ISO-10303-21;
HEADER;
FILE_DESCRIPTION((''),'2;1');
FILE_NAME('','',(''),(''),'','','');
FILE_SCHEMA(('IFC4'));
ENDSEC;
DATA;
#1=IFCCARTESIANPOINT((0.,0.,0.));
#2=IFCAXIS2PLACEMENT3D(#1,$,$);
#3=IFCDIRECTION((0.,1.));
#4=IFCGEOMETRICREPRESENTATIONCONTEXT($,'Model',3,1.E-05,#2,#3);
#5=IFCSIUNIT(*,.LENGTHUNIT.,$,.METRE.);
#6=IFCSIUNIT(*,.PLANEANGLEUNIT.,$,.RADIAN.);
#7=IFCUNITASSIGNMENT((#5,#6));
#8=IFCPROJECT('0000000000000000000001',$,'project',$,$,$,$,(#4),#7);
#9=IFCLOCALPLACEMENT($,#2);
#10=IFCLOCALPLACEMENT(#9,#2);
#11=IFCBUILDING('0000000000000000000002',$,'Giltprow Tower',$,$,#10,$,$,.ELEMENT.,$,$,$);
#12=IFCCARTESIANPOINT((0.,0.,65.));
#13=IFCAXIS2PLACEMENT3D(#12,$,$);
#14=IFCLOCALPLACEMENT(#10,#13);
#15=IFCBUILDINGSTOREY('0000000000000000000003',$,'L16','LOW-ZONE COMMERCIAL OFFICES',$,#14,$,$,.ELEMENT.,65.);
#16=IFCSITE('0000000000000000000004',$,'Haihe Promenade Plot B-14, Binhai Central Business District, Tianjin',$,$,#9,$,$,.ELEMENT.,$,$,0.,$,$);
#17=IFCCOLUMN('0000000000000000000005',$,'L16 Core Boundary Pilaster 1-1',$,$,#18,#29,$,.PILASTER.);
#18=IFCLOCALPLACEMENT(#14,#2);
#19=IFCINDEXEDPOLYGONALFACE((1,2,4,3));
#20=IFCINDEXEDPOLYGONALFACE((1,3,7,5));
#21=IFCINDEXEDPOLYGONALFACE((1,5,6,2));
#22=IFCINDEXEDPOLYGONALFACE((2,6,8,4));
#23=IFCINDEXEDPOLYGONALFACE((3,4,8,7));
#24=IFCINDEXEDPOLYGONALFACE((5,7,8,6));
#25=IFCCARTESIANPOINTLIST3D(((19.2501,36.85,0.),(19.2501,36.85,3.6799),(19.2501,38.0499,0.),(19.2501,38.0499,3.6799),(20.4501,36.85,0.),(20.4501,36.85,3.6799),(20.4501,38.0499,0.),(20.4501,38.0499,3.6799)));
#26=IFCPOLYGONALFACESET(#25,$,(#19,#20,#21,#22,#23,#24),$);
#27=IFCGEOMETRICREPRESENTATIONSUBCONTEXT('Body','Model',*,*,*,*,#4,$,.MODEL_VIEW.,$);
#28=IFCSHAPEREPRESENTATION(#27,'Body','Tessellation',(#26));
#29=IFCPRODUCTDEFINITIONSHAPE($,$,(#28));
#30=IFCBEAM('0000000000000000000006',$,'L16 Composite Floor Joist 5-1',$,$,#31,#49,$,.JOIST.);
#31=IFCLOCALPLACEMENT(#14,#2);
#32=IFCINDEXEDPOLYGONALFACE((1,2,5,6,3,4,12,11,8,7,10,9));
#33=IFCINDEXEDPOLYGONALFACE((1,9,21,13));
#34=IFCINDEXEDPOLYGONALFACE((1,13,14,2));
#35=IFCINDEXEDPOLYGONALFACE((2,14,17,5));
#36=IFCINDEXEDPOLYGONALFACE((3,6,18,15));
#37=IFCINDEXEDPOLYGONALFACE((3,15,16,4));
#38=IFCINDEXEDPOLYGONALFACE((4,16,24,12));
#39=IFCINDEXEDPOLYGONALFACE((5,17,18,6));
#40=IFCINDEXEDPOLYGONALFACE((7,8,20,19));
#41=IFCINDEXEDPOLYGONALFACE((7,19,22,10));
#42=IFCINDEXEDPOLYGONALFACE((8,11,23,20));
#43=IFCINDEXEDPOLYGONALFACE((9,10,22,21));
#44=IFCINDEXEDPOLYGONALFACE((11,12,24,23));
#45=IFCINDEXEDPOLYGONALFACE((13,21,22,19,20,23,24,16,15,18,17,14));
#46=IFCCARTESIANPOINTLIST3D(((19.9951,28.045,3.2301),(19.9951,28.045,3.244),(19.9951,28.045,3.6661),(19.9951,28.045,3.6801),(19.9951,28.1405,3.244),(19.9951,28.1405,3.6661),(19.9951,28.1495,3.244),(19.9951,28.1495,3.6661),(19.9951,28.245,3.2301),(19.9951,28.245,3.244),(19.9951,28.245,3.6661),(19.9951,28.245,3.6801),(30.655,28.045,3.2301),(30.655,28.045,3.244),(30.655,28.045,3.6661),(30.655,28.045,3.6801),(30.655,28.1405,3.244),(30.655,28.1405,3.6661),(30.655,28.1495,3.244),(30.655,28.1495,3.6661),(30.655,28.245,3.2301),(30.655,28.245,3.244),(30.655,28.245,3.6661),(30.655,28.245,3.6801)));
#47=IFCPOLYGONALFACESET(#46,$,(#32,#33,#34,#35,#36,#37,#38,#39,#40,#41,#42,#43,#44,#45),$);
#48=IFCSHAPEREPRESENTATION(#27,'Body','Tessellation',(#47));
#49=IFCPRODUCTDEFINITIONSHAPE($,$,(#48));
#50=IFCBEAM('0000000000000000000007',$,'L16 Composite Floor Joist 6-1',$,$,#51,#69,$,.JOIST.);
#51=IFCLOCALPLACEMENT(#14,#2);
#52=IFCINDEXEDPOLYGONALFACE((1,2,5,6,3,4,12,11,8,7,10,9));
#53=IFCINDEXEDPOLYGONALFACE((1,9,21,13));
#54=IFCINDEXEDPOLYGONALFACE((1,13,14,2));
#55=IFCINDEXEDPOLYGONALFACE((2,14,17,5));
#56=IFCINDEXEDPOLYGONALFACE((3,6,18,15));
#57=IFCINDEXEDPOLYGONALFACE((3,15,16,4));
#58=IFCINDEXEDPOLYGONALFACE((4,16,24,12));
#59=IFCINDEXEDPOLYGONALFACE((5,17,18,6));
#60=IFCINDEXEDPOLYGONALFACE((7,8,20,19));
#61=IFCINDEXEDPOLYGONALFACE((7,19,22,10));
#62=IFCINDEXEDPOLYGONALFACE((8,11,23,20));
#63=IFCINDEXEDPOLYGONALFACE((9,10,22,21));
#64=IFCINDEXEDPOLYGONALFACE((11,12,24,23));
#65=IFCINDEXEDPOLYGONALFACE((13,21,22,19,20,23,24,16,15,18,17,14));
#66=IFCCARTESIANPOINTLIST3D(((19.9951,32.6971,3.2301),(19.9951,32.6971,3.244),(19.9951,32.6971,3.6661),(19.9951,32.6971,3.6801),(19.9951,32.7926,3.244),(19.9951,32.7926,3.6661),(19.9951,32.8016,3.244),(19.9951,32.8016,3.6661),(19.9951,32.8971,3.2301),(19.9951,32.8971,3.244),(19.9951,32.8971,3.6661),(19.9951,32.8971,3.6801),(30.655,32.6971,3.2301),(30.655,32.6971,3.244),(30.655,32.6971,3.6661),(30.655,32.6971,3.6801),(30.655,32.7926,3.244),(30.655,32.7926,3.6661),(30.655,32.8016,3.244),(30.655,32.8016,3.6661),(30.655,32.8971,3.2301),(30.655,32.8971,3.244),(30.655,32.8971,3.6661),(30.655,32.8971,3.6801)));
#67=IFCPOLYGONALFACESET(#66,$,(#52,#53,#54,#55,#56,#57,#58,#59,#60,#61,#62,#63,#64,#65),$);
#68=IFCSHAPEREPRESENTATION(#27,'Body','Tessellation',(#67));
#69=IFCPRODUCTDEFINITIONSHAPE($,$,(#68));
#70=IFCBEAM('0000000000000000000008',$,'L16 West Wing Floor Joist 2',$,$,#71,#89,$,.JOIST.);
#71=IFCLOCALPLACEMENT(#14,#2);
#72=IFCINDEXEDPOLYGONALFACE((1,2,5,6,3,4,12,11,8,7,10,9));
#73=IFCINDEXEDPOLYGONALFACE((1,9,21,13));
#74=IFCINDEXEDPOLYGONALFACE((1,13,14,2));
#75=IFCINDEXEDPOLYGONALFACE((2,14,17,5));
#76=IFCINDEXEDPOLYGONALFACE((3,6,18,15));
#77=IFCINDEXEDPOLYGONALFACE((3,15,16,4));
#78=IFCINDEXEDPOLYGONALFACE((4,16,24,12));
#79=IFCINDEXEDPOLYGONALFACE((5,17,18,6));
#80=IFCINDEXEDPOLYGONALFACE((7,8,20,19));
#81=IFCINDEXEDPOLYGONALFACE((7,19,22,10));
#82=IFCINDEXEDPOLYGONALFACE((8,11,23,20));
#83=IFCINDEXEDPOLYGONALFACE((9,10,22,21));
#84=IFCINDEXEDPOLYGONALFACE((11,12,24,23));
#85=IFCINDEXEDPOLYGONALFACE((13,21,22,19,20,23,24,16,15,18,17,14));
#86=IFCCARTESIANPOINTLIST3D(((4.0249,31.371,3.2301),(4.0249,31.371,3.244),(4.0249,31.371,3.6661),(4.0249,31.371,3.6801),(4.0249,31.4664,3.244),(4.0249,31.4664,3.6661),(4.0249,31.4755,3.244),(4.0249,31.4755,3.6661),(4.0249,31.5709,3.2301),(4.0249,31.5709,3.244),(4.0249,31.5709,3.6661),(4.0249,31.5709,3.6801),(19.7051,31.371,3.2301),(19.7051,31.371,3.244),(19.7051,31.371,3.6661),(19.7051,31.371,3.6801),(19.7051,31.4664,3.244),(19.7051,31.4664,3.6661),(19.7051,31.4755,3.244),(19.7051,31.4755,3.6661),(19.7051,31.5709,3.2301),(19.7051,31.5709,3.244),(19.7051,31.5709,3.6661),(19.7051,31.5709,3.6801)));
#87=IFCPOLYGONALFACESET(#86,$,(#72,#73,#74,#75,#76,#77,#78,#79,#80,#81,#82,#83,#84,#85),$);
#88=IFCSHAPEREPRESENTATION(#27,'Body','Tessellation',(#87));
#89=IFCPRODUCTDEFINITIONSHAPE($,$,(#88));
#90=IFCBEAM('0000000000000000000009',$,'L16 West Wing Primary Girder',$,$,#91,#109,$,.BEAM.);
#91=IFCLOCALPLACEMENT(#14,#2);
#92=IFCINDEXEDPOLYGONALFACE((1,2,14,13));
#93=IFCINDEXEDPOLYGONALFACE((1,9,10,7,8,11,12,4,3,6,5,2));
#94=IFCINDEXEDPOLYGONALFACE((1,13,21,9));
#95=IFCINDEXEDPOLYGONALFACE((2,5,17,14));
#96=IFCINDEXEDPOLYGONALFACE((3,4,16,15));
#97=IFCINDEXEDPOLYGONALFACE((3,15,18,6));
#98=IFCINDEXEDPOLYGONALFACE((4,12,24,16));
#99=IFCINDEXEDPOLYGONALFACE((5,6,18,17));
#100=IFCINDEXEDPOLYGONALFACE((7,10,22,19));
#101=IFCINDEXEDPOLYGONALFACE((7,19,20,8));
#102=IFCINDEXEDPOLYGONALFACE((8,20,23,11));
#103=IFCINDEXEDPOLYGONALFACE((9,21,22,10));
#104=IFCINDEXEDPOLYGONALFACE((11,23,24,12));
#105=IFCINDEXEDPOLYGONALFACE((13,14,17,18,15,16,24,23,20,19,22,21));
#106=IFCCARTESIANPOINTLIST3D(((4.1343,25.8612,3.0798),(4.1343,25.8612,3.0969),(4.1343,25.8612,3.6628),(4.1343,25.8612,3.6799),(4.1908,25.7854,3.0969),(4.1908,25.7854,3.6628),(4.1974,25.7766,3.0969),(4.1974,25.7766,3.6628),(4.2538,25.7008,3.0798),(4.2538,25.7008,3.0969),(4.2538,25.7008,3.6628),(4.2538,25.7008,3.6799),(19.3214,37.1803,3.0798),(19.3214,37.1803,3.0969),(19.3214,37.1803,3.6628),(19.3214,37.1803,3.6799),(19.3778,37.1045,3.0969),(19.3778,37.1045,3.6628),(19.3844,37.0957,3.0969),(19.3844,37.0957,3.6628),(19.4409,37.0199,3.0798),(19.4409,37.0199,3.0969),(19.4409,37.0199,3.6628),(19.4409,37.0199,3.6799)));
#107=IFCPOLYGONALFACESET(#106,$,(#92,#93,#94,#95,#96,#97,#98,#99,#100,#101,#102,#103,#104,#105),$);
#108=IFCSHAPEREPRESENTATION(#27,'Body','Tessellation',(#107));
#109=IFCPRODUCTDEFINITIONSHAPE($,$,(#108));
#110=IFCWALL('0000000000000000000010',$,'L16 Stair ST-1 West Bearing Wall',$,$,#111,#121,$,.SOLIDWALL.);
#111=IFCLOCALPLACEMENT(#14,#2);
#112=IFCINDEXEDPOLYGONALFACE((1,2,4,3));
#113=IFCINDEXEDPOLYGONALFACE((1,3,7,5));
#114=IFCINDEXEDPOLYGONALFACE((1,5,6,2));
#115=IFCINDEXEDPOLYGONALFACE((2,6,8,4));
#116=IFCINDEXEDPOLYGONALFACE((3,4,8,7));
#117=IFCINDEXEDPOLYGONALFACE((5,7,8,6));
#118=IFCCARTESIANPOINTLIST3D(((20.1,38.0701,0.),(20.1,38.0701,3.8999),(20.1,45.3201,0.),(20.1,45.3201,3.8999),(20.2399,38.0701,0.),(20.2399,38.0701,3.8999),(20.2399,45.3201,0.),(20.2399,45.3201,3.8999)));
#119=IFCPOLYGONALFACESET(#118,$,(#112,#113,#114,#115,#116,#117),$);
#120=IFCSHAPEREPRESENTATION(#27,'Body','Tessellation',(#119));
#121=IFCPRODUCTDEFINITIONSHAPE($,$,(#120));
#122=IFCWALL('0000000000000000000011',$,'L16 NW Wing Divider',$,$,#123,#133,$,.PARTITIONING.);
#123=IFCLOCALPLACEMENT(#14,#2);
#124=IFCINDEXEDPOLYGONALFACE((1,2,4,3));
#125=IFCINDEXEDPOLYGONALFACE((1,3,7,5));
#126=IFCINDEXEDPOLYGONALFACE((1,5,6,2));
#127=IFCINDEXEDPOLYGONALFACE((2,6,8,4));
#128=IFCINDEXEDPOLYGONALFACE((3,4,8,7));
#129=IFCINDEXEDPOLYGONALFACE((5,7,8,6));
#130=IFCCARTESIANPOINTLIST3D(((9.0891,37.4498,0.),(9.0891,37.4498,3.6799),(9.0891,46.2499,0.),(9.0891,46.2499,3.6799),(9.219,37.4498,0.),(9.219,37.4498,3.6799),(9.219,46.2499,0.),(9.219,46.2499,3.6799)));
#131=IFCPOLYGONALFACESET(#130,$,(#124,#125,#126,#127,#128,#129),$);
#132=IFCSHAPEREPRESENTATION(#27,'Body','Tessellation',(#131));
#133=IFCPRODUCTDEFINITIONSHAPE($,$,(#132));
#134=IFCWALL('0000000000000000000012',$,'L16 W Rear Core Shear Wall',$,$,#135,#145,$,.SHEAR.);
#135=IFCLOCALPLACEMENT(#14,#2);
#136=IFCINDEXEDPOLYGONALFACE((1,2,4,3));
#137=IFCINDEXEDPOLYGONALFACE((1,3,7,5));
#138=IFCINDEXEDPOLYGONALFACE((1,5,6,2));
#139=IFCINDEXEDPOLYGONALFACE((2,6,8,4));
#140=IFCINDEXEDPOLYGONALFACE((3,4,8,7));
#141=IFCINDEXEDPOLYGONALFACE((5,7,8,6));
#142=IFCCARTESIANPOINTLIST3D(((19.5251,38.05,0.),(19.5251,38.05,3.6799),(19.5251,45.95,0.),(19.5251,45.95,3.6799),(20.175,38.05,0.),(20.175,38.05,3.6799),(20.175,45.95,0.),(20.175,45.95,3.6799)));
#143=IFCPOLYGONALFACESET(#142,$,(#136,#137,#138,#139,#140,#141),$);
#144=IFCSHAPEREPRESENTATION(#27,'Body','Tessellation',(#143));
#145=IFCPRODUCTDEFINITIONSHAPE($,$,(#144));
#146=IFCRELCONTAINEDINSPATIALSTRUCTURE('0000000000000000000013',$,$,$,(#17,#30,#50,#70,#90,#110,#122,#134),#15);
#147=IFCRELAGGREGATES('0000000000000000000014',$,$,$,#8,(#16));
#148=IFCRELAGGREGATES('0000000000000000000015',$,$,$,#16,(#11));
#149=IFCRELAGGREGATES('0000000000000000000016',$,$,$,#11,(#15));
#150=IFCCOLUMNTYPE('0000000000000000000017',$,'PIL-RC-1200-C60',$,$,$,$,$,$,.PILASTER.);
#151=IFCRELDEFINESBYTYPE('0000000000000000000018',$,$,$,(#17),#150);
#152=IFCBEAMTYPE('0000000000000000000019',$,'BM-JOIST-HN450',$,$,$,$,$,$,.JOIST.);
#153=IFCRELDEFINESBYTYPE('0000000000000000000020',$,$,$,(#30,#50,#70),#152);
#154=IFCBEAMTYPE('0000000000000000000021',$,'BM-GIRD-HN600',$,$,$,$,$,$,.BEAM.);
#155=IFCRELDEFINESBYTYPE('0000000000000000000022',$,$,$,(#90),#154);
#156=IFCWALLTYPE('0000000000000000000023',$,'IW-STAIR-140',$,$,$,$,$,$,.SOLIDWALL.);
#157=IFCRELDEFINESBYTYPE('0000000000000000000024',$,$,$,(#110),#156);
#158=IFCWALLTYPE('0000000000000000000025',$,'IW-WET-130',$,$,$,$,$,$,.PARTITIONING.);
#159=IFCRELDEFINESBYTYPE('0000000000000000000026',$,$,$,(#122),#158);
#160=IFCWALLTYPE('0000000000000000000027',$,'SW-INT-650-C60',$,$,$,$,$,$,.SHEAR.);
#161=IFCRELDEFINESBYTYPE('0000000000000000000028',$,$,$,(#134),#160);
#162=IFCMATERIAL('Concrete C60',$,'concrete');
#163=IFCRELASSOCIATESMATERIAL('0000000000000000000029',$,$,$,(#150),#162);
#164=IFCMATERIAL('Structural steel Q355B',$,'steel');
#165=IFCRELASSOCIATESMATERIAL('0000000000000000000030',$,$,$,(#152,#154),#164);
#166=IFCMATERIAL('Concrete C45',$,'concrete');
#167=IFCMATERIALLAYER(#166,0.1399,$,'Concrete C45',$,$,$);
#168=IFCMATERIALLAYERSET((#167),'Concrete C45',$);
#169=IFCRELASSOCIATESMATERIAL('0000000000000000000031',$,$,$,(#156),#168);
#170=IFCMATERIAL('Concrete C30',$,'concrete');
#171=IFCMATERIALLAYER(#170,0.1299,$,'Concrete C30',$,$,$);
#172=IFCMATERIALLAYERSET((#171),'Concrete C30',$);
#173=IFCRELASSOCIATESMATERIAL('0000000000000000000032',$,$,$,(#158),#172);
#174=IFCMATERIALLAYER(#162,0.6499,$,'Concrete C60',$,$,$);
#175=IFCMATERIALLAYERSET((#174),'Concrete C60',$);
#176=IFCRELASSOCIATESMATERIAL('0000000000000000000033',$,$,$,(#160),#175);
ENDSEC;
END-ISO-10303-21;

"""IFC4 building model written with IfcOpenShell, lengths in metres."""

from ifc_helpers import new_model, si_unit, direction, frame, frame_2d, origin, origin_2d, place, context, subcontext, project, spatial, rectangle, i_section, extrude, source, transform, mapped, material, layer, layer_set, material_profile, profile_set, type_object, element, save


model = new_model("IFC4")

# Units and contexts
model_context = context("Model", 3, precision=1e-05, world=origin(), true_north=direction((0.0, 1.0)))
body_context = subcontext(model_context, "Body", "Model", "MODEL_VIEW")
ifc_project = project(units=[si_unit("LENGTHUNIT", "METRE"), si_unit("PLANEANGLEUNIT", "RADIAN")], contexts=[model_context])

# Site, building, storey
site_placement = place(None, origin())
site = spatial("IfcSite", under=ifc_project, at=site_placement, Name="Haihe Promenade Plot B-14, Binhai Central Business District, Tianjin", CompositionType="ELEMENT", RefElevation=0.0)
building_placement = place(site_placement, origin())
building = spatial("IfcBuilding", under=site, at=building_placement, Name="Giltprow Tower", CompositionType="ELEMENT")
storey_placement = place(building_placement, frame((0.0, 0.0, 65.0)))
storey = spatial("IfcBuildingStorey", under=building, at=storey_placement, Name="L16", Description="LOW-ZONE COMMERCIAL OFFICES", CompositionType="ELEMENT", Elevation=65.0)

# Column
ifc_material_1 = material(Name="Concrete C60", Category="concrete")
ifc_material_profile_1 = material_profile(ifc_material_1, rectangle(XDim=1.2, YDim=1.2, at=origin_2d()), Name="RC 1200x1200")
ifc_profile_set_1 = profile_set([ifc_material_profile_1], Name="Concrete C60")
column_type = type_object("IfcColumnType", Name="PIL-RC-1200-C60", PredefinedType="PILASTER", material=ifc_profile_set_1)
shared_shape_1 = source(origin(), body_context, "Body", "SweptSolid", [
    extrude(rectangle(XDim=1.2, YDim=1.2, at=origin_2d()), origin(), (0.0, 0.0, 1.0), 3.6799),
])
column_placement = place(storey_placement, frame((19.8501, 37.45, 0.0), z_axis=(0.0, 0.0, 1.0), x_axis=(1.0, 0.0, 0.0)))
element("IfcColumn", 1, at=column_placement, inside=storey, type_object=column_type, Name="L16 Core Boundary Pilaster 1-1", PredefinedType="PILASTER", context=body_context, shape_type="MappedRepresentation", body=[
    mapped(shared_shape_1, transform((0.0, 0.0, 0.0), x_axis=(1.0, 0.0, 0.0), y_axis=(0.0, 1.0, 0.0), z_axis=(0.0, 0.0, 1.0), scale=1.0)),
])

# Beams
ifc_material_2 = material(Name="Structural steel Q355B", Category="steel")
ifc_material_profile_2 = material_profile(ifc_material_2, i_section(OverallWidth=0.2, OverallDepth=0.45, WebThickness=0.009, FlangeThickness=0.0139, at=origin_2d()), Name="HN 450x200x9x14")
ifc_profile_set_2 = profile_set([ifc_material_profile_2], Name="Structural steel Q355B")
beam_type_1 = type_object("IfcBeamType", Name="BM-JOIST-HN450", PredefinedType="JOIST", material=ifc_profile_set_2)
shared_shape_2 = source(origin(), body_context, "Body", "SweptSolid", [
    extrude(i_section(OverallWidth=0.2, OverallDepth=0.45, WebThickness=0.009, FlangeThickness=0.0139, at=origin_2d()), origin(), (0.0, 0.0, 1.0), 10.6599),
])
for number, where, z_axis, x_axis, name in (
    (2, (19.9951, 28.145, 3.4551), (1.0, 0.0, 0.0), (0.0, 1.0, 0.0), "L16 Composite Floor Joist 5-1"),
    (3, (19.9951, 32.7971, 3.4551), (1.0, 0.0, 0.0), (0.0, 1.0, 0.0), "L16 Composite Floor Joist 6-1"),
):
    element("IfcBeam", number, at=place(storey_placement, frame(where, z_axis=z_axis, x_axis=x_axis)), inside=storey, type_object=beam_type_1, Name=name, PredefinedType="JOIST", context=body_context, shape_type="MappedRepresentation", body=[
        mapped(shared_shape_2, transform((0.0, 0.0, 0.0), x_axis=(1.0, 0.0, 0.0), y_axis=(0.0, 1.0, 0.0), z_axis=(0.0, 0.0, 1.0), scale=1.0)),
    ])
shared_shape_3 = source(origin(), body_context, "Body", "SweptSolid", [
    extrude(i_section(OverallWidth=0.2, OverallDepth=0.45, WebThickness=0.009, FlangeThickness=0.0139, at=origin_2d()), origin(), (0.0, 0.0, 1.0), 15.6802),
])
beam_1_placement = place(storey_placement, frame((4.0249, 31.4709, 3.4551), z_axis=(1.0, 0.0, 0.0), x_axis=(0.0, 1.0, 0.0)))
element("IfcBeam", 4, at=beam_1_placement, inside=storey, type_object=beam_type_1, Name="L16 West Wing Floor Joist 2", PredefinedType="JOIST", context=body_context, shape_type="MappedRepresentation", body=[
    mapped(shared_shape_3, transform((0.0, 0.0, 0.0), x_axis=(1.0, 0.0, 0.0), y_axis=(0.0, 1.0, 0.0), z_axis=(0.0, 0.0, 1.0), scale=1.0)),
])
ifc_material_profile_3 = material_profile(ifc_material_2, i_section(OverallWidth=0.2, OverallDepth=0.6001, WebThickness=0.011, FlangeThickness=0.0171, at=origin_2d()), Name="HN 600x200x11x17")
ifc_profile_set_3 = profile_set([ifc_material_profile_3], Name="Structural steel Q355B")
beam_type_2 = type_object("IfcBeamType", Name="BM-GIRD-HN600", PredefinedType="BEAM", material=ifc_profile_set_3)
shared_shape_4 = source(origin(), body_context, "Body", "SweptSolid", [
    extrude(i_section(OverallWidth=0.2, OverallDepth=0.6001, WebThickness=0.011, FlangeThickness=0.0171, at=origin_2d()), origin(), (0.0, 0.0, 1.0), 18.9412),
])
beam_2_placement = place(storey_placement, frame((4.1941, 25.781, 3.3799), z_axis=(0.8018, 0.597593, 0.0), x_axis=(-0.597593, 0.8018, 0.0)))
element("IfcBeam", 5, at=beam_2_placement, inside=storey, type_object=beam_type_2, Name="L16 West Wing Primary Girder", PredefinedType="BEAM", context=body_context, shape_type="MappedRepresentation", body=[
    mapped(shared_shape_4, transform((0.0, 0.0, 0.0), x_axis=(1.0, 0.0, 0.0), y_axis=(0.0, 1.0, 0.0), z_axis=(0.0, 0.0, 1.0), scale=1.0)),
])

# Walls
ifc_material_3 = material(Name="Concrete C45", Category="concrete")
ifc_layer_1 = layer(ifc_material_3, 0.1399, Name="Concrete C45")
ifc_layer_set_1 = layer_set([ifc_layer_1], Name="Concrete C45")
wall_type_1 = type_object("IfcWallType", Name="IW-STAIR-140", PredefinedType="SOLIDWALL", material=ifc_layer_set_1)
wall_1_placement = place(storey_placement, frame((20.1699, 38.0701, 0.0), z_axis=(0.0, 0.0, 1.0), x_axis=(0.0, 1.0, 0.0)))
element("IfcWall", 6, at=wall_1_placement, inside=storey, type_object=wall_type_1, Name="L16 Stair ST-1 West Bearing Wall", PredefinedType="SOLIDWALL", context=body_context, shape_type="SweptSolid", body=[
    extrude(rectangle(XDim=7.25, YDim=0.1399, at=frame_2d((3.625, 0.0))), origin(), (0.0, 0.0, 1.0), 3.8999),
])
ifc_material_4 = material(Name="Concrete C30", Category="concrete")
ifc_layer_2 = layer(ifc_material_4, 0.1299, Name="Concrete C30")
ifc_layer_set_2 = layer_set([ifc_layer_2], Name="Concrete C30")
wall_type_2 = type_object("IfcWallType", Name="IW-WET-130", PredefinedType="PARTITIONING", material=ifc_layer_set_2)
wall_2_placement = place(storey_placement, frame((9.1541, 37.45, 0.0), z_axis=(0.0, 0.0, 1.0), x_axis=(0.0, 1.0, 0.0)))
element("IfcWall", 7, at=wall_2_placement, inside=storey, type_object=wall_type_2, Name="L16 NW Wing Divider", PredefinedType="PARTITIONING", context=body_context, shape_type="SweptSolid", body=[
    extrude(rectangle(XDim=8.8, YDim=0.1299, at=frame_2d((4.3999, 0.0))), origin(), (0.0, 0.0, 1.0), 3.6799),
])

# Shared definitions
ifc_layer_3 = layer(ifc_material_1, 0.6499, Name="Concrete C60")
ifc_layer_set_3 = layer_set([ifc_layer_3], Name="Concrete C60")
wall_type_3 = type_object("IfcWallType", Name="SW-INT-650-C60", PredefinedType="SHEAR", material=ifc_layer_set_3)

# Wall
wall_3_placement = place(storey_placement, frame((19.8501, 38.05, 0.0), z_axis=(0.0, 0.0, 1.0), x_axis=(0.0, 1.0, 0.0)))
element("IfcWall", 8, at=wall_3_placement, inside=storey, type_object=wall_type_3, Name="L16 W Rear Core Shear Wall", PredefinedType="SHEAR", context=body_context, shape_type="SweptSolid", body=[
    extrude(rectangle(XDim=7.8999, YDim=0.6499, at=frame_2d((3.95, 0.0))), origin(), (0.0, 0.0, 1.0), 3.6799),
])

save(model, "model.ifc")
